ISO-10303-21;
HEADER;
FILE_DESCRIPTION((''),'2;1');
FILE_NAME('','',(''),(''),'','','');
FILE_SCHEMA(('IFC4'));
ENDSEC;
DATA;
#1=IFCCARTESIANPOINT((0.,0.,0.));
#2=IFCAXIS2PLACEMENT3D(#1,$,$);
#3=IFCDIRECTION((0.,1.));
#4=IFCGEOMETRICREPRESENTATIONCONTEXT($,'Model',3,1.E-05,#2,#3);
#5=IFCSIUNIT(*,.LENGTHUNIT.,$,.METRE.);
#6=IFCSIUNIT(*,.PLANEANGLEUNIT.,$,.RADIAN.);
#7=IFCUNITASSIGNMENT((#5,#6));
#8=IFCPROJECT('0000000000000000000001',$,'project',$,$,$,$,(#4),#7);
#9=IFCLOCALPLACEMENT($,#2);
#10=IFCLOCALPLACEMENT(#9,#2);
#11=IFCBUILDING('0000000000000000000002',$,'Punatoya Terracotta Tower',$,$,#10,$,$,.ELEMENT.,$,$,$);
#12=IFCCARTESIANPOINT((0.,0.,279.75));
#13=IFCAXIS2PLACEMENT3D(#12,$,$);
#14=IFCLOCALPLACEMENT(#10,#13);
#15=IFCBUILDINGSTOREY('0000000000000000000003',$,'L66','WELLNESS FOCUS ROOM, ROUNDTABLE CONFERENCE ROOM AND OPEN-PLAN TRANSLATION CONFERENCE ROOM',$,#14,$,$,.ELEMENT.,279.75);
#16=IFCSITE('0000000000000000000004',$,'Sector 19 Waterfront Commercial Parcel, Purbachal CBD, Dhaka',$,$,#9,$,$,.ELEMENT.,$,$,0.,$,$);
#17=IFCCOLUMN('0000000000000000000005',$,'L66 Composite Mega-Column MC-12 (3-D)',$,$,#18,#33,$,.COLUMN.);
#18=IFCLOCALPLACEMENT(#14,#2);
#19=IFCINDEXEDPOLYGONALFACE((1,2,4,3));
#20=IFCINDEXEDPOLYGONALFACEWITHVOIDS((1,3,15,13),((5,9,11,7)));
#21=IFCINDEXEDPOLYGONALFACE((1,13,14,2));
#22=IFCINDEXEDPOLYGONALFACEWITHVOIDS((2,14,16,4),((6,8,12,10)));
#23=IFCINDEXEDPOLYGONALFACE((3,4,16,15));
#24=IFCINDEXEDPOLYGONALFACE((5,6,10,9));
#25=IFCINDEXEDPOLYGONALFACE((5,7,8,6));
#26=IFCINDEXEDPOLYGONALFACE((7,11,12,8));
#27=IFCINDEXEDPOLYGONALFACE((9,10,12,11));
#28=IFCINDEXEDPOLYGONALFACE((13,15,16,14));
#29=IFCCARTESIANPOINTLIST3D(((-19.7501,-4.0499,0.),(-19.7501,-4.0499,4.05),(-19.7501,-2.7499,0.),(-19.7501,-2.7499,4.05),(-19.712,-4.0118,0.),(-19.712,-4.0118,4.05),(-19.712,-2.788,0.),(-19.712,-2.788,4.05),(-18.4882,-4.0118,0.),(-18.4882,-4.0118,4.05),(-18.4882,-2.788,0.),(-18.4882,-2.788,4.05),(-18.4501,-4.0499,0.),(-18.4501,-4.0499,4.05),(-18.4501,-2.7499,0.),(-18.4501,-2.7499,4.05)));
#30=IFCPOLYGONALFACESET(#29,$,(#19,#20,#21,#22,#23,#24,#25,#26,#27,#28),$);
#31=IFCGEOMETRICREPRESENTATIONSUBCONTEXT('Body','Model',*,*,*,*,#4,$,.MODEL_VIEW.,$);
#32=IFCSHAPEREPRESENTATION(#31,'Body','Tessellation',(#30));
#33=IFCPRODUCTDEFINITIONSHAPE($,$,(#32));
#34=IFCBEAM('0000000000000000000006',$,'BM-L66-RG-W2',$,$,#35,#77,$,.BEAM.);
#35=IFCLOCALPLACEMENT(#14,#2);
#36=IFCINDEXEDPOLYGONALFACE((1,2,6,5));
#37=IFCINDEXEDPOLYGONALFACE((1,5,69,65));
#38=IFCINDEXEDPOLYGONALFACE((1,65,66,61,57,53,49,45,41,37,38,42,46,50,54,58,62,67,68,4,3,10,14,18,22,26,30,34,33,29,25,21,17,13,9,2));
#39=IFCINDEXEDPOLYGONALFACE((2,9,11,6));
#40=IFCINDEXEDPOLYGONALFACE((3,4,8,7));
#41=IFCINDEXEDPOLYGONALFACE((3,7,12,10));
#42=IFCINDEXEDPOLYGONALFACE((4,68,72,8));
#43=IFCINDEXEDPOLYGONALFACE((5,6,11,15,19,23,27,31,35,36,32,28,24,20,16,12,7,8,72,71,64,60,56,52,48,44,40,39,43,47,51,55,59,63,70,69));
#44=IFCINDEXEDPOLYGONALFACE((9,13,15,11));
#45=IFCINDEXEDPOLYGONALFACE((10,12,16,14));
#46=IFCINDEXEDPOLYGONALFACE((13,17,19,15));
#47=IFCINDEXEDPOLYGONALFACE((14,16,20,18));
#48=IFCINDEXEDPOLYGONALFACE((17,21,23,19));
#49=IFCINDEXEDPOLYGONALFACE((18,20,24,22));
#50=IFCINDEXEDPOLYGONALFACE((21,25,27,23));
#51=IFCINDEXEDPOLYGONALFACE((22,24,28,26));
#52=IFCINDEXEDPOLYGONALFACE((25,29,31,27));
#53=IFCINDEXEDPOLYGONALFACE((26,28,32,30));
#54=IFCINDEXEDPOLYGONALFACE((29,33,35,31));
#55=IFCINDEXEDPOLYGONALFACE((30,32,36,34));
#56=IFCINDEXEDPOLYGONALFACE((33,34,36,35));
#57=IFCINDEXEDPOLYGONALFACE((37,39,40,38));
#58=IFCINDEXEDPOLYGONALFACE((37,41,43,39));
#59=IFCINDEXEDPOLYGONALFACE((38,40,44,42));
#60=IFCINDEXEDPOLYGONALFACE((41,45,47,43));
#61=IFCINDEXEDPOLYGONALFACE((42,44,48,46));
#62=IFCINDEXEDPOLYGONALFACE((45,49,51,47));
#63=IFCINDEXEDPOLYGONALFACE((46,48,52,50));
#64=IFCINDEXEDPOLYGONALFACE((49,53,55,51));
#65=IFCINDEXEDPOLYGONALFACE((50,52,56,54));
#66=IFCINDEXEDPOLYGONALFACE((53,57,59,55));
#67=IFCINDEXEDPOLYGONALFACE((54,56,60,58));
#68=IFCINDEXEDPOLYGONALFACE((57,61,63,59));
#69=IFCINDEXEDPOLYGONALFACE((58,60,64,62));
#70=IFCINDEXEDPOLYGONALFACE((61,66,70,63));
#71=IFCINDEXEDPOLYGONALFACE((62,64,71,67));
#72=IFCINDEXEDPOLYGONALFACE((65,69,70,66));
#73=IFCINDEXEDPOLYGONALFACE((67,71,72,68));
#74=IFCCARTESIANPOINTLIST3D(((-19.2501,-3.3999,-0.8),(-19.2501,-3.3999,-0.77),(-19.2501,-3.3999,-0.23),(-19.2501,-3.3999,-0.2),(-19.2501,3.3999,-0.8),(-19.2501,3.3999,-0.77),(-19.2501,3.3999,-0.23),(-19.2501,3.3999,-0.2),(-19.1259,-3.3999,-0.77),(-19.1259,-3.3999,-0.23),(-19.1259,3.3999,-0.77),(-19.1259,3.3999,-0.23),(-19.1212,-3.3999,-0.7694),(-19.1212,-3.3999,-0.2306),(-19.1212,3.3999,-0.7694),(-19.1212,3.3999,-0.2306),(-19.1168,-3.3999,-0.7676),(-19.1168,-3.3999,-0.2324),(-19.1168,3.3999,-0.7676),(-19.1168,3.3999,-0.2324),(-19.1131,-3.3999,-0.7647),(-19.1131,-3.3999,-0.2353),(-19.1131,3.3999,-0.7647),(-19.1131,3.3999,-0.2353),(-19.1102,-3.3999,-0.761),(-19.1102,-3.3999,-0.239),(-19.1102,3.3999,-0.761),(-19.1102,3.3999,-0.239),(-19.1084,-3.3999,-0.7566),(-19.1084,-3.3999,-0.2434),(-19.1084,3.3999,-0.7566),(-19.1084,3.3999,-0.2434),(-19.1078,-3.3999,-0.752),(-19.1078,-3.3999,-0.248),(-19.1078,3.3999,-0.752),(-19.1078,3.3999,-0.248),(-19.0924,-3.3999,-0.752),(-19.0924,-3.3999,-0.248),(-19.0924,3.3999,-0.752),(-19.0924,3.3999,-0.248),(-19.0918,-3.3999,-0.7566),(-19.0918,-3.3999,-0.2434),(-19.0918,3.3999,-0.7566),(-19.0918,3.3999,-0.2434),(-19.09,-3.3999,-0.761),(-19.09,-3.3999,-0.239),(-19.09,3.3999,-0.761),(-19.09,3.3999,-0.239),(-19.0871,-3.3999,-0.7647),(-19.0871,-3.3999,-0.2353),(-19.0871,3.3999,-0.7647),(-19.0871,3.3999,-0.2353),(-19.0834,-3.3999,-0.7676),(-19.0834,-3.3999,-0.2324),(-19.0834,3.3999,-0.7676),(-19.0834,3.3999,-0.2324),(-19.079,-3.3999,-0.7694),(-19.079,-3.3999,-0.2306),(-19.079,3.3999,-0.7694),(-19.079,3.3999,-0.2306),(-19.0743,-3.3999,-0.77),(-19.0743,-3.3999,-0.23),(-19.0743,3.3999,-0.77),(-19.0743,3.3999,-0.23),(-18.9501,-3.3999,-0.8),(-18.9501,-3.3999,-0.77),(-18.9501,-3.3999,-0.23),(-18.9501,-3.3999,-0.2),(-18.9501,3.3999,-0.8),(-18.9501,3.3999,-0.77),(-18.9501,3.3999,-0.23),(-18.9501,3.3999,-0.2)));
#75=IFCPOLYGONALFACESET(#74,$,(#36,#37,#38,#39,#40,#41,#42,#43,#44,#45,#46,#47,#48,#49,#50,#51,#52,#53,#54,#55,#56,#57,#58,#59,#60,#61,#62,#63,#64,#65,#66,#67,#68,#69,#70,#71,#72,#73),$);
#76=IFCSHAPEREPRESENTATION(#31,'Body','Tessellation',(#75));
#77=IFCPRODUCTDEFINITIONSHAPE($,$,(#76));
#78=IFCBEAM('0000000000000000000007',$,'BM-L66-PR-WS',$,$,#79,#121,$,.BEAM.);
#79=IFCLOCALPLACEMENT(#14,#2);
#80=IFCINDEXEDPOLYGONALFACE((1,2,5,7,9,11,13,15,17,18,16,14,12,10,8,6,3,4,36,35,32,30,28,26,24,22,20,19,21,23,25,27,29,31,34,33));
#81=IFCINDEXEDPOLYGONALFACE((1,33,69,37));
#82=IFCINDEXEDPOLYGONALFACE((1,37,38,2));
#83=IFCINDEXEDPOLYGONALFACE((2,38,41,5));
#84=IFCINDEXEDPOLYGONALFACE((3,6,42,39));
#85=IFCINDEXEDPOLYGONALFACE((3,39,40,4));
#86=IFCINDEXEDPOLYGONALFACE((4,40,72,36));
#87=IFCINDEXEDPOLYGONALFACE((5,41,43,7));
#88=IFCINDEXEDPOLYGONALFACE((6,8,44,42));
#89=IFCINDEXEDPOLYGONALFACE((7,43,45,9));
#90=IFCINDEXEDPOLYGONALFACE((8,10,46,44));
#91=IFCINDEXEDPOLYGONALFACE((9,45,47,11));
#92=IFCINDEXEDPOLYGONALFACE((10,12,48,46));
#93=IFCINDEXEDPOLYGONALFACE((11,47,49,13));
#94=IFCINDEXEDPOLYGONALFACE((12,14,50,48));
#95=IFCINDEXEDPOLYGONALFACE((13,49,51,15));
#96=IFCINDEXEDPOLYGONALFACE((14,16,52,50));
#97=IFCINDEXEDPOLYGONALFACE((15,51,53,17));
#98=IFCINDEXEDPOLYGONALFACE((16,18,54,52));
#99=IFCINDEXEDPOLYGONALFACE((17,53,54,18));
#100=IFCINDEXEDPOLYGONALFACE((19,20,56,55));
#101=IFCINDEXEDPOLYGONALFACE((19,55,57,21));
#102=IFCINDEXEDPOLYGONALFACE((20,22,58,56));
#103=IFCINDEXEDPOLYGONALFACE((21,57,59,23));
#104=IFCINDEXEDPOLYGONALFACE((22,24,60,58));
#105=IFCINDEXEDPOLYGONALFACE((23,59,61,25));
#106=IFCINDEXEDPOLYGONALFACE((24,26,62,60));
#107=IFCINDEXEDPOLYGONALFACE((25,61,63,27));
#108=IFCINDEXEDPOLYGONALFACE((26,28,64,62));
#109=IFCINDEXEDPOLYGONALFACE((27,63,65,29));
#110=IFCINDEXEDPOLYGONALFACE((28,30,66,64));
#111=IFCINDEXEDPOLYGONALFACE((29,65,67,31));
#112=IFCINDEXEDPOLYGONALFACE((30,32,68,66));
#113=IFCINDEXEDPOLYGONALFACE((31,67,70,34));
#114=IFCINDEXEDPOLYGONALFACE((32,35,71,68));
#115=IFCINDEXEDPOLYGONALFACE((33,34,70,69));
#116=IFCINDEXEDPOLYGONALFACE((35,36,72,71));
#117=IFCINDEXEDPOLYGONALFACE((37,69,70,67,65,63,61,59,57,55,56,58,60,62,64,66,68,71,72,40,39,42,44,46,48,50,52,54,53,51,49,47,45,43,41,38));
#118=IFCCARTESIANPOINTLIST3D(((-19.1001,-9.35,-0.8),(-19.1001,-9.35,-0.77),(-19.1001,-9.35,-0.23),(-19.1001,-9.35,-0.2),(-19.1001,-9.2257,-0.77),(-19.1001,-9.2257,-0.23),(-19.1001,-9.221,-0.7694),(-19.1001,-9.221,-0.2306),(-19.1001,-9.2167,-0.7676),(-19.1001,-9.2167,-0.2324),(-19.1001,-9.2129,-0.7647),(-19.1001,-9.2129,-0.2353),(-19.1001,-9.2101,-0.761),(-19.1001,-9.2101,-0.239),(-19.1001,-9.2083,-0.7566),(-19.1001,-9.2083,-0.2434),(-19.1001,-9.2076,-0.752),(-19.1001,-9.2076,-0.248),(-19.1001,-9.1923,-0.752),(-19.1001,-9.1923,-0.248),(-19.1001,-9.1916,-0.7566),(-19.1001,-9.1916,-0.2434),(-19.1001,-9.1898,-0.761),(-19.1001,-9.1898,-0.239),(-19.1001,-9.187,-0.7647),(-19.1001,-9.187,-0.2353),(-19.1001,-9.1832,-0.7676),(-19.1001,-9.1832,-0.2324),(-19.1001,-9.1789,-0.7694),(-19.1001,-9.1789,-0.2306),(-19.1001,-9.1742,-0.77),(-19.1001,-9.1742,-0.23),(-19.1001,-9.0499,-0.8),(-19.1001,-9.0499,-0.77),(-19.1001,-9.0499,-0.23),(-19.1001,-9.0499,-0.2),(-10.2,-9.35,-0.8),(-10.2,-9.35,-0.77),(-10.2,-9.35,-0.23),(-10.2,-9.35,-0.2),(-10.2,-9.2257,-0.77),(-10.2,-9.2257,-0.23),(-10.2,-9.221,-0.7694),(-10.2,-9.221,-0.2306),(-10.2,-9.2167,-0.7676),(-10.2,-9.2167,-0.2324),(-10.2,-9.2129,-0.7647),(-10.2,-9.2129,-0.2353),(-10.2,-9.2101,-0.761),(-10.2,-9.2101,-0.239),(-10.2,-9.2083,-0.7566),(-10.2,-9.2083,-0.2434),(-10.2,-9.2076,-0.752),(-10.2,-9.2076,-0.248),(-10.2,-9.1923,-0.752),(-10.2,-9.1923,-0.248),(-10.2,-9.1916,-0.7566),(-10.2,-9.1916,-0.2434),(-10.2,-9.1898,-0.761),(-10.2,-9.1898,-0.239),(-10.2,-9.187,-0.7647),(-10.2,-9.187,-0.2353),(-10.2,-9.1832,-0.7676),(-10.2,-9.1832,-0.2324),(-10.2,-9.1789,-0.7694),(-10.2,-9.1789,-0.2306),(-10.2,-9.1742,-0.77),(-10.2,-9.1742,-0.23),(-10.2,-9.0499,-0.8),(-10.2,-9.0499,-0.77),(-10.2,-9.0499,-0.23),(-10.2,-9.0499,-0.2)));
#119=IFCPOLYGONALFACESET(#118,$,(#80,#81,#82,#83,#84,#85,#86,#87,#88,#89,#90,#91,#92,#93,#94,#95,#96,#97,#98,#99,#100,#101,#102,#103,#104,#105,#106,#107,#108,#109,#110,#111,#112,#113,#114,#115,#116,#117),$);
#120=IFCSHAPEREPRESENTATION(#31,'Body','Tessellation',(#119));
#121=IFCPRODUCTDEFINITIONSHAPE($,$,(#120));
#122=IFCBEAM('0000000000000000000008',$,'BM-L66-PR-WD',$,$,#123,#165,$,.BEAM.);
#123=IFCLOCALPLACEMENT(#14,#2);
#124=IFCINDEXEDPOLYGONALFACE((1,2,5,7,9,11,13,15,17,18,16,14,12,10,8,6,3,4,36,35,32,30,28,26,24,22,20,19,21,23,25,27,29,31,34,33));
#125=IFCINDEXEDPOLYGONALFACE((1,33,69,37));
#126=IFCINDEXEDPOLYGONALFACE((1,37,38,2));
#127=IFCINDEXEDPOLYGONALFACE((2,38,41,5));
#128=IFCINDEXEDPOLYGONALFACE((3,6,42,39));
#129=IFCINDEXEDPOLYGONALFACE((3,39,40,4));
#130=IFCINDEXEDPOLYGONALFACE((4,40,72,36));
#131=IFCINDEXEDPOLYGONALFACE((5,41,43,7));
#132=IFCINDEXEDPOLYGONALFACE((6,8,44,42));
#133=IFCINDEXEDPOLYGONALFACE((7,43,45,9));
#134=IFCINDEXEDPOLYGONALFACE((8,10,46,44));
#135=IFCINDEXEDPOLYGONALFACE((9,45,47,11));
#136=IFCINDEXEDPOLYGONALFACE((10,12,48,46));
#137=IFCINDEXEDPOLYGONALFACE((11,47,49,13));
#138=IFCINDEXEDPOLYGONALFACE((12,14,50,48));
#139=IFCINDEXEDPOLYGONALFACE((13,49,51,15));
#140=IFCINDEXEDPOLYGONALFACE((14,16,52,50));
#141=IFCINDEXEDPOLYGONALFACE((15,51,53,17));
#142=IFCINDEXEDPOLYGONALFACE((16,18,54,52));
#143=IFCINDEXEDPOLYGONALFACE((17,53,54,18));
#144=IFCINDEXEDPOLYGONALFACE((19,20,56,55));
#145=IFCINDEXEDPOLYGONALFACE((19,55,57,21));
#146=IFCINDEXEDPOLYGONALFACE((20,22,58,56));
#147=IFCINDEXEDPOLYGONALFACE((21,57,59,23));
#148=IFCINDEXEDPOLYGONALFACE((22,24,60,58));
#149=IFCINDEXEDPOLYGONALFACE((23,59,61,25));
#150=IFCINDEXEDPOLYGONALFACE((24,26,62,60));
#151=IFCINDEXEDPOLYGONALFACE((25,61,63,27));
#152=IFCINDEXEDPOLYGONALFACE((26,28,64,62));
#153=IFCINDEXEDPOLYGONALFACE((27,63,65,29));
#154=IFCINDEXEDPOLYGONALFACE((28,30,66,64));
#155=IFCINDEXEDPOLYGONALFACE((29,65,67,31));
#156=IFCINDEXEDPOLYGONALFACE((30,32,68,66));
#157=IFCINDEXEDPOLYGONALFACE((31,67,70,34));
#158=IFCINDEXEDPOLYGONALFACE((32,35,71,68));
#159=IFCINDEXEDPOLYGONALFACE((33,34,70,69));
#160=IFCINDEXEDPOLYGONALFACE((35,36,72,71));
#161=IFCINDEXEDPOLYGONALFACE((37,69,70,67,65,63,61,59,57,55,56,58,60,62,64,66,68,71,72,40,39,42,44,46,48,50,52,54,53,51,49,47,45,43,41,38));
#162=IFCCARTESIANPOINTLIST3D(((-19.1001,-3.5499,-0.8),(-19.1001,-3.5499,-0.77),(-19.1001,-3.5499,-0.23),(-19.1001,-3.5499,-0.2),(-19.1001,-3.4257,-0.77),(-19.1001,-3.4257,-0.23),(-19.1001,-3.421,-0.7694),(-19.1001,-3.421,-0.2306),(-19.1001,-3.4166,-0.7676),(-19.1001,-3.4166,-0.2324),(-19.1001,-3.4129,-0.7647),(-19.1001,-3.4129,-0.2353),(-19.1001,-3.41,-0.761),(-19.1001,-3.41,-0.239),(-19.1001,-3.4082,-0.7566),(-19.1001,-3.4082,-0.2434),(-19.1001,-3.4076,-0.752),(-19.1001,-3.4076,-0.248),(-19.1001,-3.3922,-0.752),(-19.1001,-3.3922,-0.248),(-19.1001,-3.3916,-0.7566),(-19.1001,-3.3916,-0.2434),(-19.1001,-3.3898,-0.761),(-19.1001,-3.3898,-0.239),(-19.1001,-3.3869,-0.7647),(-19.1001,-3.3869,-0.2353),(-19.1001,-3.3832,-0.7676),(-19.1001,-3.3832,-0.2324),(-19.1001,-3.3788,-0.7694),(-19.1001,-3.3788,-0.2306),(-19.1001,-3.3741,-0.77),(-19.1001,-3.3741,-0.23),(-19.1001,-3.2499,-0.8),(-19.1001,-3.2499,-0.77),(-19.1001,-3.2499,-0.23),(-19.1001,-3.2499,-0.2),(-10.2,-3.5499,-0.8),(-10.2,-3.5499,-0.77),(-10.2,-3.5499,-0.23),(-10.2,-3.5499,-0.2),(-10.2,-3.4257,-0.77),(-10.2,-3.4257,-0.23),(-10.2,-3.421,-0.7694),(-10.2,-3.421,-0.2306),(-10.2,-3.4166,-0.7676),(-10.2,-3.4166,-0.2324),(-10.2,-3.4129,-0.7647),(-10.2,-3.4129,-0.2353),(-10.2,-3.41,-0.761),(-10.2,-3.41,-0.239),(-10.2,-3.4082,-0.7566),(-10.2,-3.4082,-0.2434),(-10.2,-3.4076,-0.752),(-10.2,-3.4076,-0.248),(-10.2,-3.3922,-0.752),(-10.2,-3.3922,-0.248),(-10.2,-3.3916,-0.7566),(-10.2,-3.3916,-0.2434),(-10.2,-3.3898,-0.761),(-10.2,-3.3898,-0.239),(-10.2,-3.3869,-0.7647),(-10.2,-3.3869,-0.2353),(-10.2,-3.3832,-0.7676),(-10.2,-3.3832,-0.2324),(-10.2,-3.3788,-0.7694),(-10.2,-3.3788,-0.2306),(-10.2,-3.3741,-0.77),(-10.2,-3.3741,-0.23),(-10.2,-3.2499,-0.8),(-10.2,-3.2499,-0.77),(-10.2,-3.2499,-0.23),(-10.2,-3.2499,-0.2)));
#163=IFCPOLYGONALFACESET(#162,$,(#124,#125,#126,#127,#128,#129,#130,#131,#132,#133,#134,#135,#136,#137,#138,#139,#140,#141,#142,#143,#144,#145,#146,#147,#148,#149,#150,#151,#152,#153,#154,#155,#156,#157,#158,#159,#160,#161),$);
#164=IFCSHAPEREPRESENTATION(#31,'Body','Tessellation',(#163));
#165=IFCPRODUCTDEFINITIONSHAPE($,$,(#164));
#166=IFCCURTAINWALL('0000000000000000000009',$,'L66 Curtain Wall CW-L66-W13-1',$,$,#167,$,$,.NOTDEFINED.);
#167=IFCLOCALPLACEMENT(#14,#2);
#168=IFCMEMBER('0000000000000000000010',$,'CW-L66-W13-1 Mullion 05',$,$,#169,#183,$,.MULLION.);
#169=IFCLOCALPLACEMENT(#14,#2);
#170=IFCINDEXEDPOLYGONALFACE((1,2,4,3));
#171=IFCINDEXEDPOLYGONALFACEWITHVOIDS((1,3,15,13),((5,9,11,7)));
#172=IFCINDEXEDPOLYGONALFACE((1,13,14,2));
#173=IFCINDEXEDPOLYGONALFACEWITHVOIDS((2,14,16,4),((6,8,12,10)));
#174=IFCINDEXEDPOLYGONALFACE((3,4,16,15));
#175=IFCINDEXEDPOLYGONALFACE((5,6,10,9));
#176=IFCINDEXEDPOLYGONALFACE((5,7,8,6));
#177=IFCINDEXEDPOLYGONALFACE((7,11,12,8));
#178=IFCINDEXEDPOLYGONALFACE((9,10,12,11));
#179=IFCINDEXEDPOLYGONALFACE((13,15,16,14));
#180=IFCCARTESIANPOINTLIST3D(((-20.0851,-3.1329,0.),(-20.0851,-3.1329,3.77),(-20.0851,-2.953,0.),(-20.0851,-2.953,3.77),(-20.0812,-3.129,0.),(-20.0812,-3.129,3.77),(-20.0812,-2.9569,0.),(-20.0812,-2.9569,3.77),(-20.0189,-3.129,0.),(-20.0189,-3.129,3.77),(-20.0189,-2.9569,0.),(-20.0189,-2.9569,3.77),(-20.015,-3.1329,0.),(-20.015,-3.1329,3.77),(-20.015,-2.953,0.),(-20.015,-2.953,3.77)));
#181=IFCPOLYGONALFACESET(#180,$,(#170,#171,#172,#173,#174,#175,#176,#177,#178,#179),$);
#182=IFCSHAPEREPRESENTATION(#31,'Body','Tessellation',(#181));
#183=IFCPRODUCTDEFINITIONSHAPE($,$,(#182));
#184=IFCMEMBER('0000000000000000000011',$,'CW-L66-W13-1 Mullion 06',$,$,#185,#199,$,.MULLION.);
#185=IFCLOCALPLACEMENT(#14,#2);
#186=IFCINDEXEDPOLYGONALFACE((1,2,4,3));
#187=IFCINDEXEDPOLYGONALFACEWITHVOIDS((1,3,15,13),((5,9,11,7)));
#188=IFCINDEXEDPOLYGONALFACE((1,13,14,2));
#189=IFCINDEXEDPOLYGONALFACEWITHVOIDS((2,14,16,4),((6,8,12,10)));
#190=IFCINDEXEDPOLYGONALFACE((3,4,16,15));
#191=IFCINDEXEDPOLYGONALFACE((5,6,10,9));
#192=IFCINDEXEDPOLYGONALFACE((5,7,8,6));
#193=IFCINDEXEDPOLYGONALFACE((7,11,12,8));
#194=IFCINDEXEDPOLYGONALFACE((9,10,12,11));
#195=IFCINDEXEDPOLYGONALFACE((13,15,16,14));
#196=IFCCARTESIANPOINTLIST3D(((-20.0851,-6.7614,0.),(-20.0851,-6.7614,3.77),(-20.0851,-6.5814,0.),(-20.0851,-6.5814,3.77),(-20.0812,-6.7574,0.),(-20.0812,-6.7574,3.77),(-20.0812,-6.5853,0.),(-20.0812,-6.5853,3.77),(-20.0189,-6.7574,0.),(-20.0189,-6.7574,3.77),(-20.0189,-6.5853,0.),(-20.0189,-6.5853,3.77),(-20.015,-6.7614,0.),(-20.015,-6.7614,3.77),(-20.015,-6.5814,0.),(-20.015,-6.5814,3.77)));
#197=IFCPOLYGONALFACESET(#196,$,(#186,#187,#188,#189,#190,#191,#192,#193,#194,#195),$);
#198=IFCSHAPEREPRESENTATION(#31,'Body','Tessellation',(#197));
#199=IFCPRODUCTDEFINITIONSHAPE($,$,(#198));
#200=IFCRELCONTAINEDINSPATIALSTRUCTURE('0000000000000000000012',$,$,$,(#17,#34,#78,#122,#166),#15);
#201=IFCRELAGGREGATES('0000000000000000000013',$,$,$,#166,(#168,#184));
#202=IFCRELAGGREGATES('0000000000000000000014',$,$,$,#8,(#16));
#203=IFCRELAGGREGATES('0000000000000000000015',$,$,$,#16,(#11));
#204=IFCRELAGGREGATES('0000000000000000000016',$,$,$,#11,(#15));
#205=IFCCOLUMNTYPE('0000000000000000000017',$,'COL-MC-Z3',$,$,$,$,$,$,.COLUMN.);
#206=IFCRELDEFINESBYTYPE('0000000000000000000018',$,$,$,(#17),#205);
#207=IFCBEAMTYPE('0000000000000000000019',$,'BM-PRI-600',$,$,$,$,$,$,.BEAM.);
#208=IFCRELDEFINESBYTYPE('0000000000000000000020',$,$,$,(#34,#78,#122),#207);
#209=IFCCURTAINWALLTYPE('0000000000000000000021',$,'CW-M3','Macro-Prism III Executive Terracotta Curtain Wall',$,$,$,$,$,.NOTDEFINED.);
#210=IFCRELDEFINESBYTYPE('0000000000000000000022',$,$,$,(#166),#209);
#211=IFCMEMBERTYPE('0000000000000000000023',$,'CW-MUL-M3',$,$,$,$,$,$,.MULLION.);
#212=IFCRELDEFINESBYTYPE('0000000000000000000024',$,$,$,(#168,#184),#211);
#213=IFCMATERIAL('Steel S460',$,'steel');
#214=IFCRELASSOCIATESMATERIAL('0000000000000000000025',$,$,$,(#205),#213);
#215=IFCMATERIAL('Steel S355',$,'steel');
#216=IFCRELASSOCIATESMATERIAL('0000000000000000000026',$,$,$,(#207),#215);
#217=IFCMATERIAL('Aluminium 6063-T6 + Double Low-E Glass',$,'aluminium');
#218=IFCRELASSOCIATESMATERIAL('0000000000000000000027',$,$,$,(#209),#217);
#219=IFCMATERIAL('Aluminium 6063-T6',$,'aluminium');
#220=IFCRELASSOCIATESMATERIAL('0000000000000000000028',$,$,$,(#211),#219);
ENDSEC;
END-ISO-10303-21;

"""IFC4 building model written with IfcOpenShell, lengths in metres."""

from ifc_helpers import new_model, si_unit, direction, frame, origin, origin_2d, place, context, subcontext, project, spatial, hollow_rectangle, i_section, extrude, material, material_profile, profile_set, type_object, element, aggregate, save


model = new_model("IFC4")

# Units and contexts
model_context = context("Model", 3, precision=1e-05, world=origin(), true_north=direction((0.0, 1.0)))
body_context = subcontext(model_context, "Body", "Model", "MODEL_VIEW")
ifc_project = project(units=[si_unit("LENGTHUNIT", "METRE"), si_unit("PLANEANGLEUNIT", "RADIAN")], contexts=[model_context])

# Site, building, storey
site_placement = place(None, origin())
site = spatial("IfcSite", under=ifc_project, at=site_placement, Name="Sector 19 Waterfront Commercial Parcel, Purbachal CBD, Dhaka", CompositionType="ELEMENT", RefElevation=0.0)
building_placement = place(site_placement, origin())
building = spatial("IfcBuilding", under=site, at=building_placement, Name="Punatoya Terracotta Tower", CompositionType="ELEMENT")
storey_placement = place(building_placement, frame((0.0, 0.0, 279.75)))
storey = spatial("IfcBuildingStorey", under=building, at=storey_placement, Name="L66", Description="WELLNESS FOCUS ROOM, ROUNDTABLE CONFERENCE ROOM AND OPEN-PLAN TRANSLATION CONFERENCE ROOM", CompositionType="ELEMENT", Elevation=279.75)

# Column
ifc_material_1 = material(Name="Steel S460", Category="steel")
ifc_material_profile_1 = material_profile(ifc_material_1, hollow_rectangle(XDim=1.3, YDim=1.3, WallThickness=0.0381, at=origin_2d()))
ifc_profile_set_1 = profile_set([ifc_material_profile_1], Name="Steel S460")
column_type = type_object("IfcColumnType", Name="COL-MC-Z3", PredefinedType="COLUMN", material=ifc_profile_set_1)
column_placement = place(storey_placement, frame((-19.1001, -3.3999, 0.0), z_axis=(0.0, 0.0, 1.0), x_axis=(1.0, 0.0, 0.0)))
element("IfcColumn", 1, at=column_placement, inside=storey, type_object=column_type, Name="L66 Composite Mega-Column MC-12 (3-D)", PredefinedType="COLUMN", context=body_context, shape_type="SweptSolid", body=[
    extrude(hollow_rectangle(XDim=1.3, YDim=1.3, WallThickness=0.0381, at=origin_2d()), origin(), (0.0, 0.0, 1.0), 4.05),
])

# Beams
ifc_material_2 = material(Name="Steel S355", Category="steel")
ifc_material_profile_2 = material_profile(ifc_material_2, i_section(OverallWidth=0.3, OverallDepth=0.6001, WebThickness=0.0154, FlangeThickness=0.03, FilletRadius=0.0181, at=origin_2d()))
ifc_profile_set_2 = profile_set([ifc_material_profile_2], Name="Steel S355")
beam_type = type_object("IfcBeamType", Name="BM-PRI-600", PredefinedType="BEAM", material=ifc_profile_set_2)
beam_placement = place(storey_placement, frame((-19.1001, -3.3999, -0.5), z_axis=(0.0, 1.0, 0.0), x_axis=(-1.0, 0.0, 0.0)))
element("IfcBeam", 2, at=beam_placement, inside=storey, type_object=beam_type, Name="BM-L66-RG-W2", PredefinedType="BEAM", context=body_context, shape_type="SweptSolid", body=[
    extrude(i_section(OverallWidth=0.3, OverallDepth=0.6001, WebThickness=0.0154, FlangeThickness=0.03, FilletRadius=0.0181, at=origin_2d()), origin(), (0.0, 0.0, 1.0), 6.7998),
])
for number, where, z_axis, x_axis, name in (
    (3, (-19.1001, -9.2, -0.5), (1.0, 0.0, 0.0), (0.0, 1.0, 0.0), "BM-L66-PR-WS"),
    (4, (-19.1001, -3.3999, -0.5), (1.0, 0.0, 0.0), (0.0, 1.0, 0.0), "BM-L66-PR-WD"),
):
    element("IfcBeam", number, at=place(storey_placement, frame(where, z_axis=z_axis, x_axis=x_axis)), inside=storey, type_object=beam_type, Name=name, PredefinedType="BEAM", context=body_context, shape_type="SweptSolid", body=[
        extrude(i_section(OverallWidth=0.3, OverallDepth=0.6001, WebThickness=0.0154, FlangeThickness=0.03, FilletRadius=0.0181, at=origin_2d()), origin(), (0.0, 0.0, 1.0), 8.9001),
    ])

# Curtain wall, members
ifc_material_3 = material(Name="Aluminium 6063-T6 + Double Low-E Glass", Category="aluminium")
curtain_wall_type = type_object("IfcCurtainWallType", Name="CW-M3", Description="Macro-Prism III Executive Terracotta Curtain Wall", PredefinedType="NOTDEFINED", material=ifc_material_3)
curtain_wall_placement = place(storey_placement, origin())
curtain_wall = element("IfcCurtainWall", 5, at=curtain_wall_placement, inside=storey, type_object=curtain_wall_type, Name="L66 Curtain Wall CW-L66-W13-1", PredefinedType="NOTDEFINED")
ifc_material_4 = material(Name="Aluminium 6063-T6", Category="aluminium")
ifc_material_profile_3 = material_profile(ifc_material_4, hollow_rectangle(XDim=0.0701, YDim=0.1799, WallThickness=0.0039, at=origin_2d()))
ifc_profile_set_3 = profile_set([ifc_material_profile_3], Name="Aluminium 6063-T6")
member_type = type_object("IfcMemberType", Name="CW-MUL-M3", PredefinedType="MULLION", material=ifc_profile_set_3)
member_1_placement = place(storey_placement, frame((-20.05, -3.043, 0.0), z_axis=(0.0, 0.0, 1.0), x_axis=(1.0, 0.0, 0.0)))
member_1 = element("IfcMember", 6, at=member_1_placement, type_object=member_type, Name="CW-L66-W13-1 Mullion 05", PredefinedType="MULLION", context=body_context, shape_type="SweptSolid", body=[
    extrude(hollow_rectangle(XDim=0.0701, YDim=0.1799, WallThickness=0.0039, at=origin_2d()), origin(), (0.0, 0.0, 1.0), 3.77),
])
member_2_placement = place(storey_placement, frame((-20.05, -6.6714, 0.0), z_axis=(0.0, 0.0, 1.0), x_axis=(1.0, 0.0, 0.0)))
member_2 = element("IfcMember", 7, at=member_2_placement, type_object=member_type, Name="CW-L66-W13-1 Mullion 06", PredefinedType="MULLION", context=body_context, shape_type="SweptSolid", body=[
    extrude(hollow_rectangle(XDim=0.0701, YDim=0.1799, WallThickness=0.0039, at=origin_2d()), origin(), (0.0, 0.0, 1.0), 3.77),
])
aggregate(curtain_wall, [member_1, member_2])

save(model, "model.ifc")
